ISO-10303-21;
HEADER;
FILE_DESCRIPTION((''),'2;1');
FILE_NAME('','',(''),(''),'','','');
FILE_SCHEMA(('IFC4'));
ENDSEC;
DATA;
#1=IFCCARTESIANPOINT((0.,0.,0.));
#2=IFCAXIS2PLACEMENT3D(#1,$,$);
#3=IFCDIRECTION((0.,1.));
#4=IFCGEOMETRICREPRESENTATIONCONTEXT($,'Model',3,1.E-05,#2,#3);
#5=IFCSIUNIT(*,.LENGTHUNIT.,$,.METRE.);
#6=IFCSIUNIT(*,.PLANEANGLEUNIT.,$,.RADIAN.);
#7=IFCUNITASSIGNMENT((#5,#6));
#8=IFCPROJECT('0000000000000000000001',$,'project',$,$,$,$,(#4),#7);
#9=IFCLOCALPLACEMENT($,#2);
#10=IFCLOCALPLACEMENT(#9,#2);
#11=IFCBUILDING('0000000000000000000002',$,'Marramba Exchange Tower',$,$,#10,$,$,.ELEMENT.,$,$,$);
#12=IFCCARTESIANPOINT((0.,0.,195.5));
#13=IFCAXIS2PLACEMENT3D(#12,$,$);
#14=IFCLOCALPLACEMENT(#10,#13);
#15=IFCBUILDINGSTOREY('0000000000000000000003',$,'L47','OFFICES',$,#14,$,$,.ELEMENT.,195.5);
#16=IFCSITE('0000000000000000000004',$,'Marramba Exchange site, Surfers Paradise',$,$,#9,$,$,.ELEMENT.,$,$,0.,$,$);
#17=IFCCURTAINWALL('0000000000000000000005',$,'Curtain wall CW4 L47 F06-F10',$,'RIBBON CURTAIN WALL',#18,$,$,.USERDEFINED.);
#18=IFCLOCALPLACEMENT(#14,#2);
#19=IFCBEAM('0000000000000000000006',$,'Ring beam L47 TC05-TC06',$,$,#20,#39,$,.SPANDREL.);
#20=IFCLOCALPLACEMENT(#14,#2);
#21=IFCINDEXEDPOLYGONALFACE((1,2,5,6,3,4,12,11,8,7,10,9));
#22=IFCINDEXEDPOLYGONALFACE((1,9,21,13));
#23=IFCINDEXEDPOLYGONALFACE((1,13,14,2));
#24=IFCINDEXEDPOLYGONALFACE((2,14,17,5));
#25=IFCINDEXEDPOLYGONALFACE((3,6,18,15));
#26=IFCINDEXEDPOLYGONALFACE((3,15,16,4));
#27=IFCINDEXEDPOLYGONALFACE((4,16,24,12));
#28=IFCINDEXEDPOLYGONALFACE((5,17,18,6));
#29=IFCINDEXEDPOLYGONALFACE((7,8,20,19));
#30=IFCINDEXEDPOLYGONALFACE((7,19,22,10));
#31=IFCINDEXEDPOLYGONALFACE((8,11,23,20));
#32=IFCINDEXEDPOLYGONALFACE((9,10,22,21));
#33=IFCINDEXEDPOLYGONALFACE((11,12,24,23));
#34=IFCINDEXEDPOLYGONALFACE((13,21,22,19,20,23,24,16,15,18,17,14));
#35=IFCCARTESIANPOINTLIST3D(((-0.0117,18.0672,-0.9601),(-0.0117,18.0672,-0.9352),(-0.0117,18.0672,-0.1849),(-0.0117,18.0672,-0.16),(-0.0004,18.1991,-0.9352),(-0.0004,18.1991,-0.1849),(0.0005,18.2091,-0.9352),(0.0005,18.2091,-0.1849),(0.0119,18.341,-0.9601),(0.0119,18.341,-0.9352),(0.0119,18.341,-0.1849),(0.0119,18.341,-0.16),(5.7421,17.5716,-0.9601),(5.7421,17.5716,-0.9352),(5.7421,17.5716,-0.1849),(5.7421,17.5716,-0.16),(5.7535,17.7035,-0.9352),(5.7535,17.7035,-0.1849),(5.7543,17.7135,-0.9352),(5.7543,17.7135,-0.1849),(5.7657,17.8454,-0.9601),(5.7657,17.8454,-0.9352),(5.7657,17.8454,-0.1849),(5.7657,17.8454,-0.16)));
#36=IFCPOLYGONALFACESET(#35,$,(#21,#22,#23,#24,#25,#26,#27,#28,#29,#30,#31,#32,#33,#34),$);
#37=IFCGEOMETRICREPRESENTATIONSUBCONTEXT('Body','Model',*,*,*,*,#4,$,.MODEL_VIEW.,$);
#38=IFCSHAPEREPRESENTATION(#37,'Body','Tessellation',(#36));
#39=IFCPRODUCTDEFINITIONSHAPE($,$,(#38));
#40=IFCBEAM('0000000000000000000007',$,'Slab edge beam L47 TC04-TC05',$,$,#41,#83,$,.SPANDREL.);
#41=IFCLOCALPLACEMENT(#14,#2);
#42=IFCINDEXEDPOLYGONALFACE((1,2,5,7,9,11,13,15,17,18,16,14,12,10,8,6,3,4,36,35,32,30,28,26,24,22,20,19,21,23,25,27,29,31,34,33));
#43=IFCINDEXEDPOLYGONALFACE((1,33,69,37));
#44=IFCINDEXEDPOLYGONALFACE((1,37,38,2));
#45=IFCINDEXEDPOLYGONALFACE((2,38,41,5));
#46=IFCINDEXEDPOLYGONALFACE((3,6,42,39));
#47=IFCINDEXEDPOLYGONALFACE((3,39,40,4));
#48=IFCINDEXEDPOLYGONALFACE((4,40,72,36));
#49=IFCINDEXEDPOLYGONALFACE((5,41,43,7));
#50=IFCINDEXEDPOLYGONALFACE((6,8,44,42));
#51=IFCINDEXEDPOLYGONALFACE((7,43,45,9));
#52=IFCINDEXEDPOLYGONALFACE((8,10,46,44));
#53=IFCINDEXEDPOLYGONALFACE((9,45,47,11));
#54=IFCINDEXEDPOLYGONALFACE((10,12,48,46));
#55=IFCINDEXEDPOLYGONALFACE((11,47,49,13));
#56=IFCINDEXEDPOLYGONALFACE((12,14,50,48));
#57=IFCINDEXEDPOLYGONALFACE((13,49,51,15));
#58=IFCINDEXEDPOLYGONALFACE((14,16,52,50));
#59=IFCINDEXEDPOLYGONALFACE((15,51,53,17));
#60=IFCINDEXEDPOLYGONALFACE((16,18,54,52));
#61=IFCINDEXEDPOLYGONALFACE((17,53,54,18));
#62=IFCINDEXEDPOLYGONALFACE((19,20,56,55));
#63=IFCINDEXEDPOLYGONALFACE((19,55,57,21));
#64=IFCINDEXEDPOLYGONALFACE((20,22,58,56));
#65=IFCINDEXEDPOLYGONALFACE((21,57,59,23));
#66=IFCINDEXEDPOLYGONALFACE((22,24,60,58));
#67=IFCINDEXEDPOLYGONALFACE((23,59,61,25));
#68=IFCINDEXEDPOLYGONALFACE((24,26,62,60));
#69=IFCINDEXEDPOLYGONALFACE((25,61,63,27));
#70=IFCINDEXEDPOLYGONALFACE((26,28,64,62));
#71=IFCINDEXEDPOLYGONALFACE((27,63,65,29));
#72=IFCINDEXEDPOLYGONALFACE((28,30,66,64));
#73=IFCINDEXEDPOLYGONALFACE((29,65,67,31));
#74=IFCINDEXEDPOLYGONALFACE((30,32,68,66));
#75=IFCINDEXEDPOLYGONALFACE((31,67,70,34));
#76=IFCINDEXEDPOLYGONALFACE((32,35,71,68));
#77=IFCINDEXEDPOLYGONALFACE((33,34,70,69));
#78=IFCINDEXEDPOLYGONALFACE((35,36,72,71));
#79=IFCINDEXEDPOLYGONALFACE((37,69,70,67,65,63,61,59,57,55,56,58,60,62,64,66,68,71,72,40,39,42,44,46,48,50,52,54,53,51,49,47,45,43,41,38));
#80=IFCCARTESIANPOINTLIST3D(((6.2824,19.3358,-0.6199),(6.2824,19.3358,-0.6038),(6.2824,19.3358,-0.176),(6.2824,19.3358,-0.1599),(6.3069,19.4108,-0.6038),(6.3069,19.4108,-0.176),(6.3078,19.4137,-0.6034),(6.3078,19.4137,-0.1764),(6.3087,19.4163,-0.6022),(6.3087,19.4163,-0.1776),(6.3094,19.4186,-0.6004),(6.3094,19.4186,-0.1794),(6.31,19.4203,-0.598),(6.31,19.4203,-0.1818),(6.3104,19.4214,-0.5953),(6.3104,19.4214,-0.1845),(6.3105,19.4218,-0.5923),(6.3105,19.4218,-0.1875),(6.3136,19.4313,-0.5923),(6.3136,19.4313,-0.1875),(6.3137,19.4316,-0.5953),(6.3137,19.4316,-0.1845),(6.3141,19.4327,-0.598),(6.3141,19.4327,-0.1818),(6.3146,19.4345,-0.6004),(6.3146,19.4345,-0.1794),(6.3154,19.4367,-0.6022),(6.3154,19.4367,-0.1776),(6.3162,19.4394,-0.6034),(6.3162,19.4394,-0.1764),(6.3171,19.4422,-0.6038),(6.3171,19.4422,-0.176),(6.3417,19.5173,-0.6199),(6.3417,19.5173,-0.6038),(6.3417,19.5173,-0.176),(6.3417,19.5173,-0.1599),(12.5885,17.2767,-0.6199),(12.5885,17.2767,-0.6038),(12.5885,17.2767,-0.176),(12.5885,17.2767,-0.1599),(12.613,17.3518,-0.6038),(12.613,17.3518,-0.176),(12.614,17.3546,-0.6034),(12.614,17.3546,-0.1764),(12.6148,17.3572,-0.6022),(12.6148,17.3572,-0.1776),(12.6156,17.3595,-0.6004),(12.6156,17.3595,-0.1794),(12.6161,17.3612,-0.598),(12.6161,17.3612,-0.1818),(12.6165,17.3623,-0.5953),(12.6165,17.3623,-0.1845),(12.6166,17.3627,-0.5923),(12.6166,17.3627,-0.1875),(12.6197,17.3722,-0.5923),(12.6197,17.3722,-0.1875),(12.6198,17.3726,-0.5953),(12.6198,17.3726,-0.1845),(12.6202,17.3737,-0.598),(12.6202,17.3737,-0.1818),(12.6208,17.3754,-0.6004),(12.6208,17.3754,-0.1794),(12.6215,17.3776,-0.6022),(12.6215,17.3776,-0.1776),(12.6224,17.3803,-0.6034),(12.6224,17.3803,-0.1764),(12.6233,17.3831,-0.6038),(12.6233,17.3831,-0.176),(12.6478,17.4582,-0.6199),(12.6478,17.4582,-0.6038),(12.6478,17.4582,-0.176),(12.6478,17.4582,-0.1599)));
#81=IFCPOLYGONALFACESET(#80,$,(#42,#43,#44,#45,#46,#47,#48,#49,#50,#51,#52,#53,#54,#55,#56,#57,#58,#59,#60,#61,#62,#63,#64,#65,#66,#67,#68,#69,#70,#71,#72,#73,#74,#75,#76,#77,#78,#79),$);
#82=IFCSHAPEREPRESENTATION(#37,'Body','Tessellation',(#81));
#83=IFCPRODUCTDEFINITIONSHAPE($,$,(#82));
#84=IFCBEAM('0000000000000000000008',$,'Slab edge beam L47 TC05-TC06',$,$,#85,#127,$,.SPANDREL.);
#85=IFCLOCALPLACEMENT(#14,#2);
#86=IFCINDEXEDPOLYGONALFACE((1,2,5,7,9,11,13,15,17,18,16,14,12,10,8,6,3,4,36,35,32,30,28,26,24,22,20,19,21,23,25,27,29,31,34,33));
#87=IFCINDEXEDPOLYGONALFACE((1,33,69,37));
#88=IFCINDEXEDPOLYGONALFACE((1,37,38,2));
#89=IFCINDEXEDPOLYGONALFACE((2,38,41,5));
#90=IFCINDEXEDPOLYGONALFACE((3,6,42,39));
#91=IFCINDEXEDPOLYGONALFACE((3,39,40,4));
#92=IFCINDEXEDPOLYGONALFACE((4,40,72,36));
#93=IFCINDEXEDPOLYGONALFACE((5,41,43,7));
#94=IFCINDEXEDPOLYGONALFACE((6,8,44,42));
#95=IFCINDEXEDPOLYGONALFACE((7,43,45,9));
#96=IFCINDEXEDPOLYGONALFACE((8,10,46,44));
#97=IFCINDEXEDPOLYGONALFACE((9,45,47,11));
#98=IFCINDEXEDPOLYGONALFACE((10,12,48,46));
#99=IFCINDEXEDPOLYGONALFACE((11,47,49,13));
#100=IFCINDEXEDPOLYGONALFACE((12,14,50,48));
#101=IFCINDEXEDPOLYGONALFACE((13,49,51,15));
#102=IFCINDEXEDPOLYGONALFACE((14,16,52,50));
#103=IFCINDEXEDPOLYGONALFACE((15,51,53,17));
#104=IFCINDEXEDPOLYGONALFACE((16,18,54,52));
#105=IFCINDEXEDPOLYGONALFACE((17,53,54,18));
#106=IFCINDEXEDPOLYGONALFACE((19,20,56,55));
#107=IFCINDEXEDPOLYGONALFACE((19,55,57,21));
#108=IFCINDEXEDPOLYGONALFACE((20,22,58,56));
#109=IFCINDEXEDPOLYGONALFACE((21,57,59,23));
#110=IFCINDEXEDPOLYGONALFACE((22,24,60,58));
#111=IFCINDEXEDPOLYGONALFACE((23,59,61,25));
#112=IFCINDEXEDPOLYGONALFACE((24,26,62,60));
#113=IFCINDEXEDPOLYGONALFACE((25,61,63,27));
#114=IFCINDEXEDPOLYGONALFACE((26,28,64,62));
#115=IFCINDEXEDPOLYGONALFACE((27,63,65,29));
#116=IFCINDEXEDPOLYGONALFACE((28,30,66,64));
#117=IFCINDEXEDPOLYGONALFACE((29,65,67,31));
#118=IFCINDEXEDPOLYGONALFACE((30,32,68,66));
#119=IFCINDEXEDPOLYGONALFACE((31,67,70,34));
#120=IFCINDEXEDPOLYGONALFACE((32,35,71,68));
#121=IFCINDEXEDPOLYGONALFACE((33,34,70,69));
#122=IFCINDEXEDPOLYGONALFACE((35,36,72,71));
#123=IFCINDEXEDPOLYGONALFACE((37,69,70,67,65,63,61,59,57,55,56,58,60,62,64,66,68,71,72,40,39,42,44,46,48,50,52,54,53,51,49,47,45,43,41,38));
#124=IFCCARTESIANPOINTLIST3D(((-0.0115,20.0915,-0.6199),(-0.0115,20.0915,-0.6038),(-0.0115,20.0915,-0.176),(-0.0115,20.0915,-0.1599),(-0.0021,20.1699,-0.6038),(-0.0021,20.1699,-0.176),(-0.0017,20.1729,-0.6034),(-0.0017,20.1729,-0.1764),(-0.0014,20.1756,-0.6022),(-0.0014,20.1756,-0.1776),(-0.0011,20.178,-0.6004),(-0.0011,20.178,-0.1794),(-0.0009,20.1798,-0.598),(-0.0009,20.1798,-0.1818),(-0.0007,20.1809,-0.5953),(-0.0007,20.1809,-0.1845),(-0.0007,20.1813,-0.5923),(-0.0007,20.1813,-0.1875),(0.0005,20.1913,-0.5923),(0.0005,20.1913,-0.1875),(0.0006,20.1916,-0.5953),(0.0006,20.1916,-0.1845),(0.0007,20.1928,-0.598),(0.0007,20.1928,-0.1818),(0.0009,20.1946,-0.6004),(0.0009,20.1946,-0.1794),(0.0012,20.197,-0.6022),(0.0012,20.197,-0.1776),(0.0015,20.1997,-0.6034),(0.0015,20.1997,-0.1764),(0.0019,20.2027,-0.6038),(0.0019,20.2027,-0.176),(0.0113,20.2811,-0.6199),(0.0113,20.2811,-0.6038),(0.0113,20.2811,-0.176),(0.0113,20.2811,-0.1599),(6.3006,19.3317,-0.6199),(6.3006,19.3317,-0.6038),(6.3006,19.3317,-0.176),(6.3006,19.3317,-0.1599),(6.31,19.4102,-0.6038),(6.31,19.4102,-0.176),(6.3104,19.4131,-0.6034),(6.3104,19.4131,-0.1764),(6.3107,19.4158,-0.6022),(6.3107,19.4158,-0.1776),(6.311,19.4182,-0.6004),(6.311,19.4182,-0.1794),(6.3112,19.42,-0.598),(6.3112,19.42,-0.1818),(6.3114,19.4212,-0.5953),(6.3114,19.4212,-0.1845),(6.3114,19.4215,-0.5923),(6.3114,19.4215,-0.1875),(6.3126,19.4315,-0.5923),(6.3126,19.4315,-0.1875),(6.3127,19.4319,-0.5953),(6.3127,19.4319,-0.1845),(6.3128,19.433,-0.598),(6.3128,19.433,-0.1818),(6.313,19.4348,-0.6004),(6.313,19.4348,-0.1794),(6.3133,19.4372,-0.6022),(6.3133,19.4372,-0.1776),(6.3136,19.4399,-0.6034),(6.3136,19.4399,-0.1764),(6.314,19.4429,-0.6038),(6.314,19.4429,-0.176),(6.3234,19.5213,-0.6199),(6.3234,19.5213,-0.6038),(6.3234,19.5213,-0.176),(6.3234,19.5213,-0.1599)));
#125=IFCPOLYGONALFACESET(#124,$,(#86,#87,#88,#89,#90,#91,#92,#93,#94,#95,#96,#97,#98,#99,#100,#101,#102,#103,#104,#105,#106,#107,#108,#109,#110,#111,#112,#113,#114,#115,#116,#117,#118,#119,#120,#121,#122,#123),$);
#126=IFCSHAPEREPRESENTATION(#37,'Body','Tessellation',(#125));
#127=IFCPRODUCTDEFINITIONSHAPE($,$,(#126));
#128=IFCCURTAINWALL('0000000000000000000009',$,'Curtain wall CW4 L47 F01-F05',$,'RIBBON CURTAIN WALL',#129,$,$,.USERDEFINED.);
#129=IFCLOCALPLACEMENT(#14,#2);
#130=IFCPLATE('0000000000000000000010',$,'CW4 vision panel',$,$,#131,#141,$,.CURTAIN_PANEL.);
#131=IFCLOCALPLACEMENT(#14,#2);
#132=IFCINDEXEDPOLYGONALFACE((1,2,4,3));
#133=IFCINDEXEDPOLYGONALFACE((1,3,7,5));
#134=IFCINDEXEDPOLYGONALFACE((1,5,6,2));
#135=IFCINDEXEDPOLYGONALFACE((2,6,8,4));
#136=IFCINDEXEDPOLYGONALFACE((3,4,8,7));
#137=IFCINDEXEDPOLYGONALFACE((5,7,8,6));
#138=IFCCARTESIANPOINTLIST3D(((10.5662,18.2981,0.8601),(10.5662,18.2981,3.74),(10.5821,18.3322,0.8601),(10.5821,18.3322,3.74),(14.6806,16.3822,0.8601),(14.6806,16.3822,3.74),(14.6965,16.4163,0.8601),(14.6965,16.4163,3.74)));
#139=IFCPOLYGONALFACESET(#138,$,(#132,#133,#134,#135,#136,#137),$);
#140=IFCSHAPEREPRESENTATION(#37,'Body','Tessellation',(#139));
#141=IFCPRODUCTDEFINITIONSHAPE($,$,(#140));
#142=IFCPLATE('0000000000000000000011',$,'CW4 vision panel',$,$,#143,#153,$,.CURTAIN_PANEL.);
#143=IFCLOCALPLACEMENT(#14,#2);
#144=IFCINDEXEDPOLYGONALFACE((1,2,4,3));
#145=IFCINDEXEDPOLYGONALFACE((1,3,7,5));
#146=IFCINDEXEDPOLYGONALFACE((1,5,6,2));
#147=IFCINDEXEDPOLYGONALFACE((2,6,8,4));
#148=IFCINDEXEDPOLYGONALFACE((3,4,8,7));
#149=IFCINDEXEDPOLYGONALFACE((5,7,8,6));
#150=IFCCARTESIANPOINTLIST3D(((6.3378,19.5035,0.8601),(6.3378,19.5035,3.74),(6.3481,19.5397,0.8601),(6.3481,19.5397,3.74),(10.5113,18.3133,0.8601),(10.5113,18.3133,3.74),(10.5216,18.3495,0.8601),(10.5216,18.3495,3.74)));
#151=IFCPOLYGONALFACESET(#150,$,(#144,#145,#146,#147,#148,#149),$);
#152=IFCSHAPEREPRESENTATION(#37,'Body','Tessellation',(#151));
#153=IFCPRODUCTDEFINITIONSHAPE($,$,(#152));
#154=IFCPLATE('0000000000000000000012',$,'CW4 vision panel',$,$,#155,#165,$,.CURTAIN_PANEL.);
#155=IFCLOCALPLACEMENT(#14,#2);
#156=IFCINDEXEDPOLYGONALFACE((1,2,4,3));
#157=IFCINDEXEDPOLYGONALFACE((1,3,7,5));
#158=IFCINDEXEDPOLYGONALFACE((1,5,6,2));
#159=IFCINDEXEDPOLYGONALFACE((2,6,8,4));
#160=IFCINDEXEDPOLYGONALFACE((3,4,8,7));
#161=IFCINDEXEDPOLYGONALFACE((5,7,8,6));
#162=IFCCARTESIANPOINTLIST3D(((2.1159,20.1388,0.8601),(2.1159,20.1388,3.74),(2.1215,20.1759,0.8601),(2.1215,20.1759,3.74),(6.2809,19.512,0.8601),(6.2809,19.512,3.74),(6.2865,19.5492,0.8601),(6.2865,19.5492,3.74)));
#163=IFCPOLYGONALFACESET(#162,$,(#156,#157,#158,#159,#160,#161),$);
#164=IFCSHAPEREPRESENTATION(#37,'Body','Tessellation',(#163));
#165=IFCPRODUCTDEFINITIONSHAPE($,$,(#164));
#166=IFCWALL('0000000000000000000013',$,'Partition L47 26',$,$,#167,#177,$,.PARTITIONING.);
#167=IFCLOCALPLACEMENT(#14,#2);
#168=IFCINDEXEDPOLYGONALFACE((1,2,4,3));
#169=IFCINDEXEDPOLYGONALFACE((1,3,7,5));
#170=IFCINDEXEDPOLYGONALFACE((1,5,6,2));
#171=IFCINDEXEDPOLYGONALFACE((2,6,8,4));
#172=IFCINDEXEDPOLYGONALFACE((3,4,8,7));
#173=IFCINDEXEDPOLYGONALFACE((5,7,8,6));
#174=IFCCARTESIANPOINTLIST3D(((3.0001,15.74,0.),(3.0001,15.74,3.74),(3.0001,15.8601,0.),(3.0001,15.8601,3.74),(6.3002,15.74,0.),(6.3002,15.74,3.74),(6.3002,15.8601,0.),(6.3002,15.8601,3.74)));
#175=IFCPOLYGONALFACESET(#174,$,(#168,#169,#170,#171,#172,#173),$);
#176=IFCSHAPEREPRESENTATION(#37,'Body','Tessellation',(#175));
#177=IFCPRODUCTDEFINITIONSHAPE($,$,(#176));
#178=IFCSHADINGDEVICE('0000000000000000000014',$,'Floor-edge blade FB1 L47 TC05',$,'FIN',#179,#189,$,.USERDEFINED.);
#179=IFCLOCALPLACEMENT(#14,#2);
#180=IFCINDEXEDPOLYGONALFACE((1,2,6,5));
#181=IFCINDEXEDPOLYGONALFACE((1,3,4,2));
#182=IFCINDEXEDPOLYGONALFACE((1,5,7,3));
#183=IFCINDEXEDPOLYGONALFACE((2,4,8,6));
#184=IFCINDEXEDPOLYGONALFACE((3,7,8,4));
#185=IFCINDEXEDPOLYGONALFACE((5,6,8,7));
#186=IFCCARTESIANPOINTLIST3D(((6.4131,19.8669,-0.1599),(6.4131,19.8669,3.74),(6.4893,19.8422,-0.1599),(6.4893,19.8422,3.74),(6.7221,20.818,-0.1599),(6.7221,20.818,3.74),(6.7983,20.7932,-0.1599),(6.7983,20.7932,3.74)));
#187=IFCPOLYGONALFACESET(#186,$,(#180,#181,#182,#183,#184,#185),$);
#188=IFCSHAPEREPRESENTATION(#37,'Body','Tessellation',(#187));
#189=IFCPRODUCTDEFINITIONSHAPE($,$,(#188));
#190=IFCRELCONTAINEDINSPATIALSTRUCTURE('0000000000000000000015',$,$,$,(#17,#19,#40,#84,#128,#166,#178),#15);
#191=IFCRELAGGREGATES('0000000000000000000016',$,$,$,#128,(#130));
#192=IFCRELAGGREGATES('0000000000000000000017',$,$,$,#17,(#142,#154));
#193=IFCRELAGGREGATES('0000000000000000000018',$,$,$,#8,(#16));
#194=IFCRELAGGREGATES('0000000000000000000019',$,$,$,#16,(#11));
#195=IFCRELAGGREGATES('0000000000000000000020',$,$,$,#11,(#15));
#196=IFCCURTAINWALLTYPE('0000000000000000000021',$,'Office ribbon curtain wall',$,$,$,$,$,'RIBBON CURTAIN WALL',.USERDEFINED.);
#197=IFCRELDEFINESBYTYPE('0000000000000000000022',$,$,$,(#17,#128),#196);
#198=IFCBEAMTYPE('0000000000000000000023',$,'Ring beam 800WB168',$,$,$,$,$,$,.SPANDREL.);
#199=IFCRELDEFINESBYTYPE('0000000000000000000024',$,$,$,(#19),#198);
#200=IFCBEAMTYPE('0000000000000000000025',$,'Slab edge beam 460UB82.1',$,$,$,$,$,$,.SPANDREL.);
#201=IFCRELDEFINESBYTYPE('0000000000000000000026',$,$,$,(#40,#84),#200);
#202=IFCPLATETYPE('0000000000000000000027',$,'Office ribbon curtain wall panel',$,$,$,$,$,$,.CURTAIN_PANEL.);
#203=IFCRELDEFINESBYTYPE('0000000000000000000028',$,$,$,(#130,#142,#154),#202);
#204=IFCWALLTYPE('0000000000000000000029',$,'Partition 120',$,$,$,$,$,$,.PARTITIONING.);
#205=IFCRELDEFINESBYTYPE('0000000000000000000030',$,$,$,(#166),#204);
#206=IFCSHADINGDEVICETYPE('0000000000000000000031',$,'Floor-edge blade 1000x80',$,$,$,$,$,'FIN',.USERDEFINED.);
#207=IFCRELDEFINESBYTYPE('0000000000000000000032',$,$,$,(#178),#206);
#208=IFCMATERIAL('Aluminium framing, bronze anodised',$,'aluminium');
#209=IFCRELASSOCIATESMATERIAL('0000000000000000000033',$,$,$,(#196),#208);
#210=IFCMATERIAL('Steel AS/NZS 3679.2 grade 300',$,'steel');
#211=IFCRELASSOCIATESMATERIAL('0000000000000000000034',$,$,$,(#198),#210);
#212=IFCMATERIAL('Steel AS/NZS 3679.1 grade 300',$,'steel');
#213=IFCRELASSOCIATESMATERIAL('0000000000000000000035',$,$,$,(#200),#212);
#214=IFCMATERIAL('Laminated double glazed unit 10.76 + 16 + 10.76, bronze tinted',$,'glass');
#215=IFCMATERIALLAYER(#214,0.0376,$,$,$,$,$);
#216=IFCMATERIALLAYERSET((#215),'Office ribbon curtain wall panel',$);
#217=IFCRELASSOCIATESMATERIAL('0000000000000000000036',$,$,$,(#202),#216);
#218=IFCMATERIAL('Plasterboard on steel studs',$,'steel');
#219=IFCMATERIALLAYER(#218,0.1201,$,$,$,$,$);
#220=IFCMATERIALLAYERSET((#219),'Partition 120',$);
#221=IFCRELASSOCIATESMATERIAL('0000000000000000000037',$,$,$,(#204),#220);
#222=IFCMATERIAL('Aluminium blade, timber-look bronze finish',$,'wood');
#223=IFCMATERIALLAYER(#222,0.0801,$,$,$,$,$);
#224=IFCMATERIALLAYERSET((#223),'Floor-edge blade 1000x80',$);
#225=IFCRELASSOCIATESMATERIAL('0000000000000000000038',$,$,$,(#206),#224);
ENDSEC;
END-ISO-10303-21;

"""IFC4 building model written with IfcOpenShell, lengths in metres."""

from ifc_helpers import new_model, si_unit, direction, frame, frame_2d, origin, origin_2d, place, context, subcontext, project, spatial, rectangle, i_section, extrude, material, layer, layer_set, material_profile, profile_set, type_object, element, aggregate, save


model = new_model("IFC4")

# Units and contexts
model_context = context("Model", 3, precision=1e-05, world=origin(), true_north=direction((0.0, 1.0)))
body_context = subcontext(model_context, "Body", "Model", "MODEL_VIEW")
ifc_project = project(units=[si_unit("LENGTHUNIT", "METRE"), si_unit("PLANEANGLEUNIT", "RADIAN")], contexts=[model_context])

# Site, building, storey
site_placement = place(None, origin())
site = spatial("IfcSite", under=ifc_project, at=site_placement, Name="Marramba Exchange site, Surfers Paradise", CompositionType="ELEMENT", RefElevation=0.0)
building_placement = place(site_placement, origin())
building = spatial("IfcBuilding", under=site, at=building_placement, Name="Marramba Exchange Tower", CompositionType="ELEMENT")
storey_placement = place(building_placement, frame((0.0, 0.0, 195.5)))
storey = spatial("IfcBuildingStorey", under=building, at=storey_placement, Name="L47", Description="OFFICES", CompositionType="ELEMENT", Elevation=195.5)

# Shared definitions
ifc_material_1 = material(Name="Steel AS/NZS 3679.2 grade 300", Category="steel")

# Curtain wall
ifc_material_2 = material(Name="Aluminium framing, bronze anodised", Category="aluminium")
curtain_wall_type = type_object("IfcCurtainWallType", Name="Office ribbon curtain wall", ElementType="RIBBON CURTAIN WALL", PredefinedType="USERDEFINED", material=ifc_material_2)
curtain_wall_1_placement = place(storey_placement, origin())
curtain_wall_1 = element("IfcCurtainWall", 1, at=curtain_wall_1_placement, inside=storey, type_object=curtain_wall_type, Name="Curtain wall CW4 L47 F06-F10", ObjectType="RIBBON CURTAIN WALL", PredefinedType="USERDEFINED")

# Beams
ifc_material_profile_1 = material_profile(ifc_material_1, i_section(OverallWidth=0.2749, OverallDepth=0.8, WebThickness=0.01, FlangeThickness=0.0249, at=origin_2d()), Name="800WB168")
ifc_profile_set_1 = profile_set([ifc_material_profile_1], Name="Steel AS/NZS 3679.2 grade 300")
beam_type_1 = type_object("IfcBeamType", Name="Ring beam 800WB168", PredefinedType="SPANDREL", material=ifc_profile_set_1)
beam_1_placement = place(storey_placement, frame((5.7539, 17.7085, -0.5601), z_axis=(-0.996311, 0.085816, 0.0), x_axis=(-0.085816, -0.996311, 0.0)))
element("IfcBeam", 2, at=beam_1_placement, inside=storey, type_object=beam_type_1, Name="Ring beam L47 TC05-TC06", PredefinedType="SPANDREL", context=body_context, shape_type="SweptSolid", body=[
    extrude(i_section(OverallWidth=0.2749, OverallDepth=0.8, WebThickness=0.01, FlangeThickness=0.0249, at=origin_2d()), origin(), (0.0, 0.0, 1.0), 5.7751),
])
ifc_material_3 = material(Name="Steel AS/NZS 3679.1 grade 300", Category="steel")
ifc_material_profile_2 = material_profile(ifc_material_3, i_section(OverallWidth=0.1909, OverallDepth=0.46, WebThickness=0.01, FlangeThickness=0.0161, FilletRadius=0.0115, at=origin_2d()), Name="460UB82.1")
ifc_profile_set_2 = profile_set([ifc_material_profile_2], Name="Steel AS/NZS 3679.1 grade 300")
beam_type_2 = type_object("IfcBeamType", Name="Slab edge beam 460UB82.1", PredefinedType="SPANDREL", material=ifc_profile_set_2)
beam_2_placement = place(storey_placement, frame((12.6182, 17.3674, -0.3899), z_axis=(-0.950609, 0.310392, 0.0), x_axis=(-0.310392, -0.950609, 0.0)))
element("IfcBeam", 3, at=beam_2_placement, inside=storey, type_object=beam_type_2, Name="Slab edge beam L47 TC04-TC05", PredefinedType="SPANDREL", context=body_context, shape_type="SweptSolid", body=[
    extrude(i_section(OverallWidth=0.1909, OverallDepth=0.46, WebThickness=0.01, FlangeThickness=0.0161, FilletRadius=0.0115, at=origin_2d()), origin(), (0.0, 0.0, 1.0), 6.6338),
])
beam_3_placement = place(storey_placement, frame((6.312, 19.4265, -0.3899), z_axis=(-0.992834, 0.119506, 0.0), x_axis=(-0.119506, -0.992834, 0.0)))
element("IfcBeam", 4, at=beam_3_placement, inside=storey, type_object=beam_type_2, Name="Slab edge beam L47 TC05-TC06", PredefinedType="SPANDREL", context=body_context, shape_type="SweptSolid", body=[
    extrude(i_section(OverallWidth=0.1909, OverallDepth=0.46, WebThickness=0.01, FlangeThickness=0.0161, FilletRadius=0.0115, at=origin_2d()), origin(), (0.0, 0.0, 1.0), 6.3577),
])

# Curtain wall, plate
curtain_wall_2_placement = place(storey_placement, origin())
curtain_wall_2 = element("IfcCurtainWall", 5, at=curtain_wall_2_placement, inside=storey, type_object=curtain_wall_type, Name="Curtain wall CW4 L47 F01-F05", ObjectType="RIBBON CURTAIN WALL", PredefinedType="USERDEFINED")
ifc_material_4 = material(Name="Laminated double glazed unit 10.76 + 16 + 10.76, bronze tinted", Category="glass")
ifc_layer_1 = layer(ifc_material_4, 0.0376)
ifc_layer_set_1 = layer_set([ifc_layer_1], Name="Office ribbon curtain wall panel")
plate_type = type_object("IfcPlateType", Name="Office ribbon curtain wall panel", PredefinedType="CURTAIN_PANEL", material=ifc_layer_set_1)
plate_1_placement = place(storey_placement, frame((12.6313, 17.3572, 0.8601), z_axis=(0.0, 0.0, 1.0), x_axis=(-0.906534, 0.422133, 0.0)))
plate_1 = element("IfcPlate", 6, at=plate_1_placement, type_object=plate_type, Name="CW4 vision panel", PredefinedType="CURTAIN_PANEL", context=body_context, shape_type="SweptSolid", body=[
    extrude(rectangle(XDim=4.5386, YDim=0.0376, at=origin_2d()), origin(), (0.0, 0.0, 1.0), 2.8799),
])
aggregate(curtain_wall_2, [plate_1])

# Plates
plate_2_placement = place(storey_placement, frame((8.4297, 18.9265, 0.8601), z_axis=(0.0, 0.0, 1.0), x_axis=(-0.961659, 0.274248, 0.0)))
plate_2 = element("IfcPlate", 7, at=plate_2_placement, type_object=plate_type, Name="CW4 vision panel", PredefinedType="CURTAIN_PANEL", context=body_context, shape_type="SweptSolid", body=[
    extrude(rectangle(XDim=4.3398, YDim=0.0376, at=origin_2d()), origin(), (0.0, 0.0, 1.0), 2.8799),
])
plate_3_placement = place(storey_placement, frame((4.2012, 19.844, 0.8601), z_axis=(0.0, 0.0, 1.0), x_axis=(-0.988868, 0.148795, 0.0)))
plate_3 = element("IfcPlate", 8, at=plate_3_placement, type_object=plate_type, Name="CW4 vision panel", PredefinedType="CURTAIN_PANEL", context=body_context, shape_type="SweptSolid", body=[
    extrude(rectangle(XDim=4.2119, YDim=0.0376, at=origin_2d()), origin(), (0.0, 0.0, 1.0), 2.8799),
])
aggregate(curtain_wall_1, [plate_2, plate_3])

# Wall
ifc_material_5 = material(Name="Plasterboard on steel studs", Category="steel")
ifc_layer_2 = layer(ifc_material_5, 0.1201)
ifc_layer_set_2 = layer_set([ifc_layer_2], Name="Partition 120")
wall_type = type_object("IfcWallType", Name="Partition 120", PredefinedType="PARTITIONING", material=ifc_layer_set_2)
wall_placement = place(storey_placement, frame((6.3, 15.8, 0.0), z_axis=(0.0, 0.0, 1.0), x_axis=(-1.0, 0.0, 0.0)))
element("IfcWall", 9, at=wall_placement, inside=storey, type_object=wall_type, Name="Partition L47 26", PredefinedType="PARTITIONING", context=body_context, shape_type="SweptSolid", body=[
    extrude(rectangle(XDim=3.3, YDim=0.1201, at=frame_2d((1.6499, 0.0))), origin(), (0.0, 0.0, 1.0), 3.74),
])

# Shading device
ifc_material_6 = material(Name="Aluminium blade, timber-look bronze finish", Category="wood")
ifc_layer_3 = layer(ifc_material_6, 0.0801)
ifc_layer_set_3 = layer_set([ifc_layer_3], Name="Floor-edge blade 1000x80")
shading_device_type_1 = type_object("IfcShadingDeviceType", Name="Floor-edge blade 1000x80", ElementType="FIN", PredefinedType="USERDEFINED", material=ifc_layer_set_3)
for number, where, z_axis, x_axis, name in (
    (10, (6.6057, 20.3301, -0.1599), (0.0, 0.0, 1.0), (0.309017, 0.951057, 0.0), "Floor-edge blade FB1 L47 TC05"),
):
    element("IfcShadingDevice", number, at=place(storey_placement, frame(where, z_axis=z_axis, x_axis=x_axis)), inside=storey, type_object=shading_device_type_1, Name=name, ObjectType="FIN", PredefinedType="USERDEFINED", context=body_context, shape_type="SweptSolid", body=[
        extrude(rectangle(XDim=1.0, YDim=0.0801, at=origin_2d()), origin(), (0.0, 0.0, 1.0), 3.8999),
    ])

save(model, "model.ifc")
